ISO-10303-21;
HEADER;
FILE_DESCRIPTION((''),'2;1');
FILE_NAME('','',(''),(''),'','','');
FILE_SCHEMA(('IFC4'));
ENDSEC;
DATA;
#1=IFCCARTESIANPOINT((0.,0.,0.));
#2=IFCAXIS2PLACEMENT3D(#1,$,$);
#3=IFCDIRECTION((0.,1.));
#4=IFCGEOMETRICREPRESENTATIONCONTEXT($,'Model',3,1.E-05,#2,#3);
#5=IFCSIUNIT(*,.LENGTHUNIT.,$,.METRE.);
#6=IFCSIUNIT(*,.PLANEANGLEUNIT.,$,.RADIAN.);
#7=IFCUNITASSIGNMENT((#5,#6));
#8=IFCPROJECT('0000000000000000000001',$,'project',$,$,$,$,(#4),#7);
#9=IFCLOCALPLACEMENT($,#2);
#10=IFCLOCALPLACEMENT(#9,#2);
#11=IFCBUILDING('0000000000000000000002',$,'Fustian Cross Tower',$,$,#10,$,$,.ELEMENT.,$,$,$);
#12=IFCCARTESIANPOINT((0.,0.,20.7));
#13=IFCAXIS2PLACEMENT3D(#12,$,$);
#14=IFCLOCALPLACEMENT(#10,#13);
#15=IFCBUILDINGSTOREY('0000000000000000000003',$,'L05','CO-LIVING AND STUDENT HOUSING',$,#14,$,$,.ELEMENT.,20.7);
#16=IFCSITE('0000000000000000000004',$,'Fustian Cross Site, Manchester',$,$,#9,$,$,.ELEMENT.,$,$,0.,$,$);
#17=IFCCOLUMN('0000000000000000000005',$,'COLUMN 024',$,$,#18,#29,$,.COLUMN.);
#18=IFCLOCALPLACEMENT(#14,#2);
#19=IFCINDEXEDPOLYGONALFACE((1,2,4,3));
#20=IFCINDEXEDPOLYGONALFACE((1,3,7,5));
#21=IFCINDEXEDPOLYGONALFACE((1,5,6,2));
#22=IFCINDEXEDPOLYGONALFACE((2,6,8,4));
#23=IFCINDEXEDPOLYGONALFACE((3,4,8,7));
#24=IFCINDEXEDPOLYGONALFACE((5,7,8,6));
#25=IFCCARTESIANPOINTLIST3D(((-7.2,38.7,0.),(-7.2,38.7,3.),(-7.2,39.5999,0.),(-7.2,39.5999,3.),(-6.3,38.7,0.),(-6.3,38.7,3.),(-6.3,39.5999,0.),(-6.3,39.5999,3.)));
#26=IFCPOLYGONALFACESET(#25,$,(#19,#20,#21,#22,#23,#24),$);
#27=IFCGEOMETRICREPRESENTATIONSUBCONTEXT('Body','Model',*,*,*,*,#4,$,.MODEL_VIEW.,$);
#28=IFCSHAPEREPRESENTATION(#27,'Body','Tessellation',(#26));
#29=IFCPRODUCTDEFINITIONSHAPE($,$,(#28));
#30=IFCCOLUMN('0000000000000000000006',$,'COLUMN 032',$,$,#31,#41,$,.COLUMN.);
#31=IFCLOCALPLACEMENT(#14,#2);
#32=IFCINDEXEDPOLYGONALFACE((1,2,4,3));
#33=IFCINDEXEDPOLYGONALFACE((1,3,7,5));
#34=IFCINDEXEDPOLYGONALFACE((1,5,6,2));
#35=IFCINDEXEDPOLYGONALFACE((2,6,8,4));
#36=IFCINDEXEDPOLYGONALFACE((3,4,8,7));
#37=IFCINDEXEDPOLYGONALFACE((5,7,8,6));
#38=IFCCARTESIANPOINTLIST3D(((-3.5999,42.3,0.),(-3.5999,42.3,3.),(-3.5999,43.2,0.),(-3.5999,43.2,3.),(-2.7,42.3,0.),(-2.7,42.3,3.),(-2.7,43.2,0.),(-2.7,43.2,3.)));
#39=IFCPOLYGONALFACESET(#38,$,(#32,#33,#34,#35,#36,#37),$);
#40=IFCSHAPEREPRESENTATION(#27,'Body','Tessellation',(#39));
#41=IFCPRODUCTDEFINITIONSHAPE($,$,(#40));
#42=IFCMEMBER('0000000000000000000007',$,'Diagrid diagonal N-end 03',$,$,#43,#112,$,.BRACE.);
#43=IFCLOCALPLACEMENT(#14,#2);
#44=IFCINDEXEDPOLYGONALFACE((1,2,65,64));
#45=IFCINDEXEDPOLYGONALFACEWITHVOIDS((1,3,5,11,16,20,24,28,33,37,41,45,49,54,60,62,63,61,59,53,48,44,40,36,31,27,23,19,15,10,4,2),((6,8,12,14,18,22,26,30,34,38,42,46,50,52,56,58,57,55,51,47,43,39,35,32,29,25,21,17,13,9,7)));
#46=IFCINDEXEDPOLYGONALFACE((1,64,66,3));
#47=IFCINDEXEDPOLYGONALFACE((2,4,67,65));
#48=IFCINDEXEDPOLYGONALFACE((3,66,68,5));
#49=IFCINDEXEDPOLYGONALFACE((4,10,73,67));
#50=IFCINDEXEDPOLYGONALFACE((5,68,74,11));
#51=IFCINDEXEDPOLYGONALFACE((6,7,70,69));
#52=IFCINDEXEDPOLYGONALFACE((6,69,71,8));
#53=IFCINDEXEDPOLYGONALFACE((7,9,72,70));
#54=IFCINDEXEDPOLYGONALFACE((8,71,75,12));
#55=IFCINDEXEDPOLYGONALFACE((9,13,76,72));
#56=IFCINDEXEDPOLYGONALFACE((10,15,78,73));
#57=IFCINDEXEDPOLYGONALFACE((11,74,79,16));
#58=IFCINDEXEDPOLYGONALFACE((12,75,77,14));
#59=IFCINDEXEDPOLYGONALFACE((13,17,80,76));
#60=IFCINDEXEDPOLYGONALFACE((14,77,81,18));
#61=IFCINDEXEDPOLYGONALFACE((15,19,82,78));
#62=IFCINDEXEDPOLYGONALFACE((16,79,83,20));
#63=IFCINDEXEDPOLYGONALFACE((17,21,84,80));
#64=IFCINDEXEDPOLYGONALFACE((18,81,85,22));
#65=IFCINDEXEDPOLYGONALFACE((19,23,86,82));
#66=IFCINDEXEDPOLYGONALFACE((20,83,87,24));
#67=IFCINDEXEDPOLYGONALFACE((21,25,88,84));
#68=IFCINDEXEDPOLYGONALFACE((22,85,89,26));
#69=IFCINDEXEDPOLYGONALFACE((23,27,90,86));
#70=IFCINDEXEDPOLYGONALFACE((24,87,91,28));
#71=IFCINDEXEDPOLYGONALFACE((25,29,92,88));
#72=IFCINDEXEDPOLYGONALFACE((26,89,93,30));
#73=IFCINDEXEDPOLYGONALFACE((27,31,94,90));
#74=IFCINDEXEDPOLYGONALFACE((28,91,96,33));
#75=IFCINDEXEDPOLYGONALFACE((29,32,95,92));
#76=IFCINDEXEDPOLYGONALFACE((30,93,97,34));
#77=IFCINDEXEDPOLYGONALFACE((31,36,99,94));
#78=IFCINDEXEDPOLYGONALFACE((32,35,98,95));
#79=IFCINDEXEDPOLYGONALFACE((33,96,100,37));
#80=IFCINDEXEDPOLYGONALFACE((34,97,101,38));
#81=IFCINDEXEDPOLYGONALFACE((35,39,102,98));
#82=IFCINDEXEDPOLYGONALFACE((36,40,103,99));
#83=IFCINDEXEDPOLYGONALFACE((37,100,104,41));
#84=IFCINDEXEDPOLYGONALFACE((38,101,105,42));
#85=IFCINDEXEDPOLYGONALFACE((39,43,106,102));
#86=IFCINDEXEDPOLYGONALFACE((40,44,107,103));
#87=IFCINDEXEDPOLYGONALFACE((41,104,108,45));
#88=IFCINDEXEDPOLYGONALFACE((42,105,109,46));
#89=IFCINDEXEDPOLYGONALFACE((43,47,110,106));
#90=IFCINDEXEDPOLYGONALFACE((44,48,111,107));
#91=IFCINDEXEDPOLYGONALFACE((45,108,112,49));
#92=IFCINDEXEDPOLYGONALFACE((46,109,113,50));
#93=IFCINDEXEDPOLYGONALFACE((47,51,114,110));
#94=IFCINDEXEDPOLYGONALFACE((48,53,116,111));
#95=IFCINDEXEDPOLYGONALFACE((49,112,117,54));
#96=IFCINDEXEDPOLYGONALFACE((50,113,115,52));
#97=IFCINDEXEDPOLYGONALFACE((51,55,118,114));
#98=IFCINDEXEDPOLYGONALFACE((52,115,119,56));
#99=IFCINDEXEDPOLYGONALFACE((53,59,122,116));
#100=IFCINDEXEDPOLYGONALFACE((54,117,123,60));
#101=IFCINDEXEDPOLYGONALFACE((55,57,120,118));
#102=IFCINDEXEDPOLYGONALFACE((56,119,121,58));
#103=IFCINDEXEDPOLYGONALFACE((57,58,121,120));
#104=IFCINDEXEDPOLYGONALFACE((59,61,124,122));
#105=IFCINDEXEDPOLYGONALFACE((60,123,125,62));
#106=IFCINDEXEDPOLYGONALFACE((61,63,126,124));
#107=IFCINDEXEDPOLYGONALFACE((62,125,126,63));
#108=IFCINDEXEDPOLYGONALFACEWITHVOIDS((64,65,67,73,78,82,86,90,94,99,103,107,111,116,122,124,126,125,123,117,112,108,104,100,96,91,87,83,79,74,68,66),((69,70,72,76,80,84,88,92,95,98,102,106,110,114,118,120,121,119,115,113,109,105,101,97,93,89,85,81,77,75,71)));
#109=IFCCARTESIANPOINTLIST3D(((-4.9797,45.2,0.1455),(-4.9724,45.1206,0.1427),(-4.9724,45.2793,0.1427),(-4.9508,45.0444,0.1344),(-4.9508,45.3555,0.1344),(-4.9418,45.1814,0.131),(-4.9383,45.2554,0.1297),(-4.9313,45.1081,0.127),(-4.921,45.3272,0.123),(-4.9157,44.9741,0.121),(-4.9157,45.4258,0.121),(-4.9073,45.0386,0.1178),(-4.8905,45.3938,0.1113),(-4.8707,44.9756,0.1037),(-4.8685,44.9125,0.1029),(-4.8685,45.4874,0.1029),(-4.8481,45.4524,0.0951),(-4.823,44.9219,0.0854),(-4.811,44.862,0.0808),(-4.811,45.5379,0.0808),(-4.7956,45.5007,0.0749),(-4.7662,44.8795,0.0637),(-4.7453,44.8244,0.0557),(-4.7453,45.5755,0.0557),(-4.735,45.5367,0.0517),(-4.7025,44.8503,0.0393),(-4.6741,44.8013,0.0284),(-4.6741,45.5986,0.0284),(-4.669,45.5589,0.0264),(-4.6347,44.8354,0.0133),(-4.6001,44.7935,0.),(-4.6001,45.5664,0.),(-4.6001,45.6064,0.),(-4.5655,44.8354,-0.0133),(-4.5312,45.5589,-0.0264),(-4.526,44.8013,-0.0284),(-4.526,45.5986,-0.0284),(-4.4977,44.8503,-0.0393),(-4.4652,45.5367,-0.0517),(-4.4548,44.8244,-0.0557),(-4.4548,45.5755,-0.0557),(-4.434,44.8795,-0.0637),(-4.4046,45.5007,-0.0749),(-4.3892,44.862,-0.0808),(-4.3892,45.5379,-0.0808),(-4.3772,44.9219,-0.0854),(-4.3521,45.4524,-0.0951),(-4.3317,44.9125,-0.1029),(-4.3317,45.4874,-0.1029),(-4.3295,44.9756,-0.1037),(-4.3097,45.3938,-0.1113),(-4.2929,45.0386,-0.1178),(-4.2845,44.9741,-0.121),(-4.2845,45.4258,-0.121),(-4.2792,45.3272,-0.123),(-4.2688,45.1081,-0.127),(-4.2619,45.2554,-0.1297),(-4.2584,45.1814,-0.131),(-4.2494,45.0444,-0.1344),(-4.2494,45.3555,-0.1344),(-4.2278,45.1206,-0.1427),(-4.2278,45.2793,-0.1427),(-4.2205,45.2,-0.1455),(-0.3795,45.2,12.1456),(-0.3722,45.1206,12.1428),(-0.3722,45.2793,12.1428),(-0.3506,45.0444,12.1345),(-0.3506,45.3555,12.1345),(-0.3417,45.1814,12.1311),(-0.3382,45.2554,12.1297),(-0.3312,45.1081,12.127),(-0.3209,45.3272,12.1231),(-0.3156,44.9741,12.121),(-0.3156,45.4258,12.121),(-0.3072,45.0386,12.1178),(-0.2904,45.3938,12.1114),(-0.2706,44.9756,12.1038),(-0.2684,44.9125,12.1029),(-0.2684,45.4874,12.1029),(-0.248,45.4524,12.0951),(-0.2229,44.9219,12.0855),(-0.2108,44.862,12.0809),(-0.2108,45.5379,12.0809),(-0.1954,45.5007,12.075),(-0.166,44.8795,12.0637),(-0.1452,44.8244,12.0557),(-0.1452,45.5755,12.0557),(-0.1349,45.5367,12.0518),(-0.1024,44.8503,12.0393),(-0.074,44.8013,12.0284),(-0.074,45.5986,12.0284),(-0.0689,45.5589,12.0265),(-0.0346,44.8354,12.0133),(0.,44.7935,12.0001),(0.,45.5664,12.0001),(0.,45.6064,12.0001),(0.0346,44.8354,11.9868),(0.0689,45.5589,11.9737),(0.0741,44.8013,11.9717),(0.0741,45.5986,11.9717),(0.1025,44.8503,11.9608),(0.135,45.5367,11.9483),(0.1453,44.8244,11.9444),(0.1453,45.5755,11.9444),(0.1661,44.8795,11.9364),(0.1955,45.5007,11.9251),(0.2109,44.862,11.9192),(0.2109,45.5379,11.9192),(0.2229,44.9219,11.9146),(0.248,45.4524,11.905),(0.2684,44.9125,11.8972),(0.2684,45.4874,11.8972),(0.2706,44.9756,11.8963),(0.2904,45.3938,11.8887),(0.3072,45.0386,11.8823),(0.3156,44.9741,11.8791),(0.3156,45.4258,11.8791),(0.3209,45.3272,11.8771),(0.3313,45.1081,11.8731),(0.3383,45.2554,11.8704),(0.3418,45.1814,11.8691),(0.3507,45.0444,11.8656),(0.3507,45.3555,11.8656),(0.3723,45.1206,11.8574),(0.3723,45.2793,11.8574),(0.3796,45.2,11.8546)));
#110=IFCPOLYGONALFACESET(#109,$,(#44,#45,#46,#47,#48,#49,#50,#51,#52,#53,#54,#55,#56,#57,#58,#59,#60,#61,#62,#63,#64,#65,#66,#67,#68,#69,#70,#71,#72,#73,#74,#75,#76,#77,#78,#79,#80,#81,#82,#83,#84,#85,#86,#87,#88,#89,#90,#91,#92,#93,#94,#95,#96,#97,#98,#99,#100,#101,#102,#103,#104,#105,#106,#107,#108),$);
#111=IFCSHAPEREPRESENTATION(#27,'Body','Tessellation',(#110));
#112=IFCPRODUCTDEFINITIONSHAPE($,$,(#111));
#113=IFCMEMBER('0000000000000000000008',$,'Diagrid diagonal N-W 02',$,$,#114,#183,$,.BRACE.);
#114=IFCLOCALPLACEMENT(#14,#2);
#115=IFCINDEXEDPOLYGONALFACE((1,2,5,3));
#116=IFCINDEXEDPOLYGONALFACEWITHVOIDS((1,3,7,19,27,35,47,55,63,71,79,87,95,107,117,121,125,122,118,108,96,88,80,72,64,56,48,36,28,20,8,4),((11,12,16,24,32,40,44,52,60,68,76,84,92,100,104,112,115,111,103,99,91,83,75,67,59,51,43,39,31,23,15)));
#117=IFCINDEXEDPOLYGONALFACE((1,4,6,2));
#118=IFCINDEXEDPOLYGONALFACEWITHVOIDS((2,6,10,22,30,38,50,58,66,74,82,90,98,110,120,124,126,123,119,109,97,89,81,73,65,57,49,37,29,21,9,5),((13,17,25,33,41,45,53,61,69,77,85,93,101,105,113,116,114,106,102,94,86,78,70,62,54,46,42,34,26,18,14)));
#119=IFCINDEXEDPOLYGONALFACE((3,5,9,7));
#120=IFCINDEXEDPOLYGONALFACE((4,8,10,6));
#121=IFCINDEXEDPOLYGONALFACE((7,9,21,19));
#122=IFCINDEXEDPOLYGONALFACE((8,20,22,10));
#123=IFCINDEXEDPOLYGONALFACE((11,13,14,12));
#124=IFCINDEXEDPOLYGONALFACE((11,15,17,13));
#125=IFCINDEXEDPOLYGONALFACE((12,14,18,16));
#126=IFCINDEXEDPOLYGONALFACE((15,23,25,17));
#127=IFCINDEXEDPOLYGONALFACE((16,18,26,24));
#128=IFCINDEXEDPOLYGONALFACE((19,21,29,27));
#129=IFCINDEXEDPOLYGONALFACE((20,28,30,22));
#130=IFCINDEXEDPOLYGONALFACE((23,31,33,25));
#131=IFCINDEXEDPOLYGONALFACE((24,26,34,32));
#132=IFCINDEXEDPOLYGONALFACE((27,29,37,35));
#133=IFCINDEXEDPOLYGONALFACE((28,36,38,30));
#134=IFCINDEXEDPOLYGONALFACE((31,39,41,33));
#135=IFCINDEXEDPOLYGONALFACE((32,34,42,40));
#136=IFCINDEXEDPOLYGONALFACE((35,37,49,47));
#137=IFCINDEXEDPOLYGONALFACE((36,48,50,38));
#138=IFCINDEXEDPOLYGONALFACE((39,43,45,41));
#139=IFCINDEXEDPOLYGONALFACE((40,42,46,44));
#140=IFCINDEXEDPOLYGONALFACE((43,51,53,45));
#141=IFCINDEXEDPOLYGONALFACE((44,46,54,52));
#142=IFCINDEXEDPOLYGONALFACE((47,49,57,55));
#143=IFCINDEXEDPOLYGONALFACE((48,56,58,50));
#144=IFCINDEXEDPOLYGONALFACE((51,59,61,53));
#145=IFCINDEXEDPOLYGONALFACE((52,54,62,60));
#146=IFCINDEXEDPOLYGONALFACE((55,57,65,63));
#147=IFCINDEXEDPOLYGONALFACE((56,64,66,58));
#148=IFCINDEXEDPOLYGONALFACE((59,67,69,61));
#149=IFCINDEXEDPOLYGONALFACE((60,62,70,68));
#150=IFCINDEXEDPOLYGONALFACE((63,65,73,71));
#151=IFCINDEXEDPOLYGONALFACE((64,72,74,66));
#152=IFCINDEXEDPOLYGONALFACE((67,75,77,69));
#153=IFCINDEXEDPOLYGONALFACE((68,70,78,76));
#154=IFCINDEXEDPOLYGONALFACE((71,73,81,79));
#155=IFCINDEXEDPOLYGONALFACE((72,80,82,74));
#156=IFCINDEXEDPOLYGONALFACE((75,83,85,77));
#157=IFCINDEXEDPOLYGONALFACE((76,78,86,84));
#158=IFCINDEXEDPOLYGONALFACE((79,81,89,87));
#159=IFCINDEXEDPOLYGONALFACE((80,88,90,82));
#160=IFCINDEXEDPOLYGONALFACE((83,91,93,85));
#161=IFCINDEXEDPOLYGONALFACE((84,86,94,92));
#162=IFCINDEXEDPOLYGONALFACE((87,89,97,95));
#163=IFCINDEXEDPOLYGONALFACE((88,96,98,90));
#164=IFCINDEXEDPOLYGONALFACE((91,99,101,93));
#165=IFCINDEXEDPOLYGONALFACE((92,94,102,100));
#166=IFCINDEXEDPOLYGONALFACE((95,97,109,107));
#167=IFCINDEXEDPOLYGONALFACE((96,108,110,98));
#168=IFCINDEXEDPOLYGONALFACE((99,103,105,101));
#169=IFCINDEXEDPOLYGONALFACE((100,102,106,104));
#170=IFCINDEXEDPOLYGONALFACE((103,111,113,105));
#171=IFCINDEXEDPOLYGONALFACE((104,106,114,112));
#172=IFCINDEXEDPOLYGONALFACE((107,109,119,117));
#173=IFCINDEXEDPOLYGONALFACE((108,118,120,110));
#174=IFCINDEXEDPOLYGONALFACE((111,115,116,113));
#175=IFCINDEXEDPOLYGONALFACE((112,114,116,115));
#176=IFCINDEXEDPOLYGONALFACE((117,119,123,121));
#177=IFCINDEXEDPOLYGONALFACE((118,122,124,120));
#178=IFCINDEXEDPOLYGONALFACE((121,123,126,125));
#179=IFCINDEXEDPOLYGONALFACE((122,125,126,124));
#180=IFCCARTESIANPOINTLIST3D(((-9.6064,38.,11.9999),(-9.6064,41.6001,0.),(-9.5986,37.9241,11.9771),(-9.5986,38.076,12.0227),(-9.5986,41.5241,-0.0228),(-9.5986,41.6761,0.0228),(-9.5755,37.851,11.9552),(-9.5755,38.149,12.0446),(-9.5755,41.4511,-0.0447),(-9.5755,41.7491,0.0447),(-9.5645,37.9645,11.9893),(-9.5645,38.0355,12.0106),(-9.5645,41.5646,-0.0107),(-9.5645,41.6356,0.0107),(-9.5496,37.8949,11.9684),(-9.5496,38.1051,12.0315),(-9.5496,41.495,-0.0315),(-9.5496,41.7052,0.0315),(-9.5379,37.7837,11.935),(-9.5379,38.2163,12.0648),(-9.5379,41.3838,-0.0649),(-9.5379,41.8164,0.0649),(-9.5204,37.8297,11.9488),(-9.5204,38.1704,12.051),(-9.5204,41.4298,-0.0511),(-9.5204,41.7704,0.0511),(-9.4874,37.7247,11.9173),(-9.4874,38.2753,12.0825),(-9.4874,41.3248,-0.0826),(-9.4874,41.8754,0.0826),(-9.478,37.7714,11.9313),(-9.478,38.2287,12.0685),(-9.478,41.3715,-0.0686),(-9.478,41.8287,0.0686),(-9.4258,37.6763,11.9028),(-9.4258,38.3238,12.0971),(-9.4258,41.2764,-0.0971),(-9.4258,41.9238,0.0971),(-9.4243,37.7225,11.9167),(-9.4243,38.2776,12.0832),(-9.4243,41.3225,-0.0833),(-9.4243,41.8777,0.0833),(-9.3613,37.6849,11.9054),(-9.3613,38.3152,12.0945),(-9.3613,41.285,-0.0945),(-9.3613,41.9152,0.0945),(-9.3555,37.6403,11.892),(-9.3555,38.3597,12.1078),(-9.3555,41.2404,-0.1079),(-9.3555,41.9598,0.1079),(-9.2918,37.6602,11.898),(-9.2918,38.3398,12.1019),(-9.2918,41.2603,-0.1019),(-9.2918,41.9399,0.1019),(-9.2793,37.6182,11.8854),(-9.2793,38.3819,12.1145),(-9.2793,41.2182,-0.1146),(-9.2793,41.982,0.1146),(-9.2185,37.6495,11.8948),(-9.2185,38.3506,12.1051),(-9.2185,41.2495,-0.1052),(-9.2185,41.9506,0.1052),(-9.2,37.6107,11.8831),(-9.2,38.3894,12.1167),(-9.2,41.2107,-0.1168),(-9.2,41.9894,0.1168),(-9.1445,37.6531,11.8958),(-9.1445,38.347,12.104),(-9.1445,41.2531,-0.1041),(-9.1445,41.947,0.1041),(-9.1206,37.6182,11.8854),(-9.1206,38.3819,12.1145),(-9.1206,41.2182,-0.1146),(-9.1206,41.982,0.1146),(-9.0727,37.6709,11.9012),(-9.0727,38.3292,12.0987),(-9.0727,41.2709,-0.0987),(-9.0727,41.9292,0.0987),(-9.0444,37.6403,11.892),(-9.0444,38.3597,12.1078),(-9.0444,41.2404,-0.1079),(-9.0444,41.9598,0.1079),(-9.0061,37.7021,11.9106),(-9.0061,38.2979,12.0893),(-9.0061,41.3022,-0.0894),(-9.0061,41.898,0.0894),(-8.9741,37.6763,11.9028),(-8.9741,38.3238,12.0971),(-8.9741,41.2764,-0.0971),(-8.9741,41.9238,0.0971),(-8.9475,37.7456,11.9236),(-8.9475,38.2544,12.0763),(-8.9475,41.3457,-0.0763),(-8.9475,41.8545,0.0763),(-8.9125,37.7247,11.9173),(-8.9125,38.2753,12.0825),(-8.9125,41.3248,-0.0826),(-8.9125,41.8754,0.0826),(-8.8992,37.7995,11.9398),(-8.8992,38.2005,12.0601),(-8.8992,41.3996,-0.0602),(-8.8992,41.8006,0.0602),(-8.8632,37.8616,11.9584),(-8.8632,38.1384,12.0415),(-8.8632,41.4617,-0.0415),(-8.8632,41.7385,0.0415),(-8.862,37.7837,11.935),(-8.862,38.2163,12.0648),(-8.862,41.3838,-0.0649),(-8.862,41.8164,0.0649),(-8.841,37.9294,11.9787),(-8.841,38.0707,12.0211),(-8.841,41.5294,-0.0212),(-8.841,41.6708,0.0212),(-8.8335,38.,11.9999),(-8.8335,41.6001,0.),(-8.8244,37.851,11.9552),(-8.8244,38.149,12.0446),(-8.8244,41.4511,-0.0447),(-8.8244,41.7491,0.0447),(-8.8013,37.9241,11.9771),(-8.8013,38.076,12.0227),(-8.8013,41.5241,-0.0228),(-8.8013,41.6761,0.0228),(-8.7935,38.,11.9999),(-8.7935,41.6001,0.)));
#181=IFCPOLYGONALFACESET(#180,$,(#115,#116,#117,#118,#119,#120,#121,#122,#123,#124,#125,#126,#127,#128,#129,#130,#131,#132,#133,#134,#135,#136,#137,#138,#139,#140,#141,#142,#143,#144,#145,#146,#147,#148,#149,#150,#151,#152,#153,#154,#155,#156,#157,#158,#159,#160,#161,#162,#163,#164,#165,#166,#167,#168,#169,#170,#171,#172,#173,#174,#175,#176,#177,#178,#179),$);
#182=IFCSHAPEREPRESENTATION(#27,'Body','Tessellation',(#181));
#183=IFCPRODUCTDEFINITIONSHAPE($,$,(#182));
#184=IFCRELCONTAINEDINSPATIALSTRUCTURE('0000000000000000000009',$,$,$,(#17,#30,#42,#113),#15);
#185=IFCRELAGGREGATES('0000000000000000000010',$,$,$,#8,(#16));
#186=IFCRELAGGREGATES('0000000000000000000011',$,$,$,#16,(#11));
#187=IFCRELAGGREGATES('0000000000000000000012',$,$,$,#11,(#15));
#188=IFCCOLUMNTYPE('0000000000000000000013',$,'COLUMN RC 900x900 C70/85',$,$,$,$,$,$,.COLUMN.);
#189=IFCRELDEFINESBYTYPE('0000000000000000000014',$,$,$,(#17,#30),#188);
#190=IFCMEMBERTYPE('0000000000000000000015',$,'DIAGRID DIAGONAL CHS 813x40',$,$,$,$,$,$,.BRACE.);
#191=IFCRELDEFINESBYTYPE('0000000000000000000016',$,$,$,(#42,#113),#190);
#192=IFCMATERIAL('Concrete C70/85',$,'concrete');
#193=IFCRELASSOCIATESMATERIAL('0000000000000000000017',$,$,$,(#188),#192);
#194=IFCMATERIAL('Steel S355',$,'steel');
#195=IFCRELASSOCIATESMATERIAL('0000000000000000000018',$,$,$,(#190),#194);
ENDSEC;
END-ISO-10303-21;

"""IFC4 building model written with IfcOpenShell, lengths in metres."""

from ifc_helpers import new_model, si_unit, direction, frame, origin, origin_2d, place, context, subcontext, project, spatial, rectangle, hollow_circle, extrude, material, material_profile, profile_set, type_object, element, save


model = new_model("IFC4")

# Units and contexts
model_context = context("Model", 3, precision=1e-05, world=origin(), true_north=direction((0.0, 1.0)))
body_context = subcontext(model_context, "Body", "Model", "MODEL_VIEW")
ifc_project = project(units=[si_unit("LENGTHUNIT", "METRE"), si_unit("PLANEANGLEUNIT", "RADIAN")], contexts=[model_context])

# Site, building, storey
site_placement = place(None, origin())
site = spatial("IfcSite", under=ifc_project, at=site_placement, Name="Fustian Cross Site, Manchester", CompositionType="ELEMENT", RefElevation=0.0)
building_placement = place(site_placement, origin())
building = spatial("IfcBuilding", under=site, at=building_placement, Name="Fustian Cross Tower", CompositionType="ELEMENT")
storey_placement = place(building_placement, frame((0.0, 0.0, 20.7)))
storey = spatial("IfcBuildingStorey", under=building, at=storey_placement, Name="L05", Description="CO-LIVING AND STUDENT HOUSING", CompositionType="ELEMENT", Elevation=20.7)

# Columns
ifc_material_1 = material(Name="Concrete C70/85", Category="concrete")
ifc_material_profile_1 = material_profile(ifc_material_1, rectangle(XDim=0.8999, YDim=0.8999, at=origin_2d()), Name="RC 900x900")
ifc_profile_set_1 = profile_set([ifc_material_profile_1], Name="Concrete C70/85")
column_type = type_object("IfcColumnType", Name="COLUMN RC 900x900 C70/85", PredefinedType="COLUMN", material=ifc_profile_set_1)
for number, where, z_axis, x_axis, name in (
    (1, (-6.75, 39.1499, 0.0), (0.0, 0.0, 1.0), (1.0, 0.0, 0.0), "COLUMN 024"),
    (2, (-3.1499, 42.75, 0.0), (0.0, 0.0, 1.0), (1.0, 0.0, 0.0), "COLUMN 032"),
):
    element("IfcColumn", number, at=place(storey_placement, frame(where, z_axis=z_axis, x_axis=x_axis)), inside=storey, type_object=column_type, Name=name, PredefinedType="COLUMN", context=body_context, shape_type="SweptSolid", body=[
        extrude(rectangle(XDim=0.8999, YDim=0.8999, at=origin_2d()), origin(), (0.0, 0.0, 1.0), 3.0),
    ])

# Members
ifc_material_2 = material(Name="Steel S355", Category="steel")
ifc_material_profile_2 = material_profile(ifc_material_2, hollow_circle(Radius=0.4065, WallThickness=0.04, at=origin_2d()), Name="CHS 813x40")
ifc_profile_set_2 = profile_set([ifc_material_profile_2], Name="Steel S355")
member_type_1 = type_object("IfcMemberType", Name="DIAGRID DIAGONAL CHS 813x40", PredefinedType="BRACE", material=ifc_profile_set_2)
member_1_placement = place(storey_placement, frame((-4.6001, 45.2, 0.0), z_axis=(0.357943, 0.0, 0.933744), x_axis=(0.0, 1.0, 0.0)))
element("IfcMember", 3, at=member_1_placement, inside=storey, type_object=member_type_1, Name="Diagrid diagonal N-end 03", PredefinedType="BRACE", context=body_context, shape_type="SweptSolid", body=[
    extrude(hollow_circle(Radius=0.4065, WallThickness=0.04, at=origin_2d()), origin(), (0.0, 0.0, 1.0), 12.8516),
])
member_2_placement = place(storey_placement, frame((-9.2, 41.6001, 0.0), z_axis=(0.0, -0.287355, 0.957824), x_axis=(1.0, 0.0, 0.0)))
element("IfcMember", 4, at=member_2_placement, inside=storey, type_object=member_type_1, Name="Diagrid diagonal N-W 02", PredefinedType="BRACE", context=body_context, shape_type="SweptSolid", body=[
    extrude(hollow_circle(Radius=0.4065, WallThickness=0.04, at=origin_2d()), origin(), (0.0, 0.0, 1.0), 12.5283),
])

save(model, "model.ifc")
